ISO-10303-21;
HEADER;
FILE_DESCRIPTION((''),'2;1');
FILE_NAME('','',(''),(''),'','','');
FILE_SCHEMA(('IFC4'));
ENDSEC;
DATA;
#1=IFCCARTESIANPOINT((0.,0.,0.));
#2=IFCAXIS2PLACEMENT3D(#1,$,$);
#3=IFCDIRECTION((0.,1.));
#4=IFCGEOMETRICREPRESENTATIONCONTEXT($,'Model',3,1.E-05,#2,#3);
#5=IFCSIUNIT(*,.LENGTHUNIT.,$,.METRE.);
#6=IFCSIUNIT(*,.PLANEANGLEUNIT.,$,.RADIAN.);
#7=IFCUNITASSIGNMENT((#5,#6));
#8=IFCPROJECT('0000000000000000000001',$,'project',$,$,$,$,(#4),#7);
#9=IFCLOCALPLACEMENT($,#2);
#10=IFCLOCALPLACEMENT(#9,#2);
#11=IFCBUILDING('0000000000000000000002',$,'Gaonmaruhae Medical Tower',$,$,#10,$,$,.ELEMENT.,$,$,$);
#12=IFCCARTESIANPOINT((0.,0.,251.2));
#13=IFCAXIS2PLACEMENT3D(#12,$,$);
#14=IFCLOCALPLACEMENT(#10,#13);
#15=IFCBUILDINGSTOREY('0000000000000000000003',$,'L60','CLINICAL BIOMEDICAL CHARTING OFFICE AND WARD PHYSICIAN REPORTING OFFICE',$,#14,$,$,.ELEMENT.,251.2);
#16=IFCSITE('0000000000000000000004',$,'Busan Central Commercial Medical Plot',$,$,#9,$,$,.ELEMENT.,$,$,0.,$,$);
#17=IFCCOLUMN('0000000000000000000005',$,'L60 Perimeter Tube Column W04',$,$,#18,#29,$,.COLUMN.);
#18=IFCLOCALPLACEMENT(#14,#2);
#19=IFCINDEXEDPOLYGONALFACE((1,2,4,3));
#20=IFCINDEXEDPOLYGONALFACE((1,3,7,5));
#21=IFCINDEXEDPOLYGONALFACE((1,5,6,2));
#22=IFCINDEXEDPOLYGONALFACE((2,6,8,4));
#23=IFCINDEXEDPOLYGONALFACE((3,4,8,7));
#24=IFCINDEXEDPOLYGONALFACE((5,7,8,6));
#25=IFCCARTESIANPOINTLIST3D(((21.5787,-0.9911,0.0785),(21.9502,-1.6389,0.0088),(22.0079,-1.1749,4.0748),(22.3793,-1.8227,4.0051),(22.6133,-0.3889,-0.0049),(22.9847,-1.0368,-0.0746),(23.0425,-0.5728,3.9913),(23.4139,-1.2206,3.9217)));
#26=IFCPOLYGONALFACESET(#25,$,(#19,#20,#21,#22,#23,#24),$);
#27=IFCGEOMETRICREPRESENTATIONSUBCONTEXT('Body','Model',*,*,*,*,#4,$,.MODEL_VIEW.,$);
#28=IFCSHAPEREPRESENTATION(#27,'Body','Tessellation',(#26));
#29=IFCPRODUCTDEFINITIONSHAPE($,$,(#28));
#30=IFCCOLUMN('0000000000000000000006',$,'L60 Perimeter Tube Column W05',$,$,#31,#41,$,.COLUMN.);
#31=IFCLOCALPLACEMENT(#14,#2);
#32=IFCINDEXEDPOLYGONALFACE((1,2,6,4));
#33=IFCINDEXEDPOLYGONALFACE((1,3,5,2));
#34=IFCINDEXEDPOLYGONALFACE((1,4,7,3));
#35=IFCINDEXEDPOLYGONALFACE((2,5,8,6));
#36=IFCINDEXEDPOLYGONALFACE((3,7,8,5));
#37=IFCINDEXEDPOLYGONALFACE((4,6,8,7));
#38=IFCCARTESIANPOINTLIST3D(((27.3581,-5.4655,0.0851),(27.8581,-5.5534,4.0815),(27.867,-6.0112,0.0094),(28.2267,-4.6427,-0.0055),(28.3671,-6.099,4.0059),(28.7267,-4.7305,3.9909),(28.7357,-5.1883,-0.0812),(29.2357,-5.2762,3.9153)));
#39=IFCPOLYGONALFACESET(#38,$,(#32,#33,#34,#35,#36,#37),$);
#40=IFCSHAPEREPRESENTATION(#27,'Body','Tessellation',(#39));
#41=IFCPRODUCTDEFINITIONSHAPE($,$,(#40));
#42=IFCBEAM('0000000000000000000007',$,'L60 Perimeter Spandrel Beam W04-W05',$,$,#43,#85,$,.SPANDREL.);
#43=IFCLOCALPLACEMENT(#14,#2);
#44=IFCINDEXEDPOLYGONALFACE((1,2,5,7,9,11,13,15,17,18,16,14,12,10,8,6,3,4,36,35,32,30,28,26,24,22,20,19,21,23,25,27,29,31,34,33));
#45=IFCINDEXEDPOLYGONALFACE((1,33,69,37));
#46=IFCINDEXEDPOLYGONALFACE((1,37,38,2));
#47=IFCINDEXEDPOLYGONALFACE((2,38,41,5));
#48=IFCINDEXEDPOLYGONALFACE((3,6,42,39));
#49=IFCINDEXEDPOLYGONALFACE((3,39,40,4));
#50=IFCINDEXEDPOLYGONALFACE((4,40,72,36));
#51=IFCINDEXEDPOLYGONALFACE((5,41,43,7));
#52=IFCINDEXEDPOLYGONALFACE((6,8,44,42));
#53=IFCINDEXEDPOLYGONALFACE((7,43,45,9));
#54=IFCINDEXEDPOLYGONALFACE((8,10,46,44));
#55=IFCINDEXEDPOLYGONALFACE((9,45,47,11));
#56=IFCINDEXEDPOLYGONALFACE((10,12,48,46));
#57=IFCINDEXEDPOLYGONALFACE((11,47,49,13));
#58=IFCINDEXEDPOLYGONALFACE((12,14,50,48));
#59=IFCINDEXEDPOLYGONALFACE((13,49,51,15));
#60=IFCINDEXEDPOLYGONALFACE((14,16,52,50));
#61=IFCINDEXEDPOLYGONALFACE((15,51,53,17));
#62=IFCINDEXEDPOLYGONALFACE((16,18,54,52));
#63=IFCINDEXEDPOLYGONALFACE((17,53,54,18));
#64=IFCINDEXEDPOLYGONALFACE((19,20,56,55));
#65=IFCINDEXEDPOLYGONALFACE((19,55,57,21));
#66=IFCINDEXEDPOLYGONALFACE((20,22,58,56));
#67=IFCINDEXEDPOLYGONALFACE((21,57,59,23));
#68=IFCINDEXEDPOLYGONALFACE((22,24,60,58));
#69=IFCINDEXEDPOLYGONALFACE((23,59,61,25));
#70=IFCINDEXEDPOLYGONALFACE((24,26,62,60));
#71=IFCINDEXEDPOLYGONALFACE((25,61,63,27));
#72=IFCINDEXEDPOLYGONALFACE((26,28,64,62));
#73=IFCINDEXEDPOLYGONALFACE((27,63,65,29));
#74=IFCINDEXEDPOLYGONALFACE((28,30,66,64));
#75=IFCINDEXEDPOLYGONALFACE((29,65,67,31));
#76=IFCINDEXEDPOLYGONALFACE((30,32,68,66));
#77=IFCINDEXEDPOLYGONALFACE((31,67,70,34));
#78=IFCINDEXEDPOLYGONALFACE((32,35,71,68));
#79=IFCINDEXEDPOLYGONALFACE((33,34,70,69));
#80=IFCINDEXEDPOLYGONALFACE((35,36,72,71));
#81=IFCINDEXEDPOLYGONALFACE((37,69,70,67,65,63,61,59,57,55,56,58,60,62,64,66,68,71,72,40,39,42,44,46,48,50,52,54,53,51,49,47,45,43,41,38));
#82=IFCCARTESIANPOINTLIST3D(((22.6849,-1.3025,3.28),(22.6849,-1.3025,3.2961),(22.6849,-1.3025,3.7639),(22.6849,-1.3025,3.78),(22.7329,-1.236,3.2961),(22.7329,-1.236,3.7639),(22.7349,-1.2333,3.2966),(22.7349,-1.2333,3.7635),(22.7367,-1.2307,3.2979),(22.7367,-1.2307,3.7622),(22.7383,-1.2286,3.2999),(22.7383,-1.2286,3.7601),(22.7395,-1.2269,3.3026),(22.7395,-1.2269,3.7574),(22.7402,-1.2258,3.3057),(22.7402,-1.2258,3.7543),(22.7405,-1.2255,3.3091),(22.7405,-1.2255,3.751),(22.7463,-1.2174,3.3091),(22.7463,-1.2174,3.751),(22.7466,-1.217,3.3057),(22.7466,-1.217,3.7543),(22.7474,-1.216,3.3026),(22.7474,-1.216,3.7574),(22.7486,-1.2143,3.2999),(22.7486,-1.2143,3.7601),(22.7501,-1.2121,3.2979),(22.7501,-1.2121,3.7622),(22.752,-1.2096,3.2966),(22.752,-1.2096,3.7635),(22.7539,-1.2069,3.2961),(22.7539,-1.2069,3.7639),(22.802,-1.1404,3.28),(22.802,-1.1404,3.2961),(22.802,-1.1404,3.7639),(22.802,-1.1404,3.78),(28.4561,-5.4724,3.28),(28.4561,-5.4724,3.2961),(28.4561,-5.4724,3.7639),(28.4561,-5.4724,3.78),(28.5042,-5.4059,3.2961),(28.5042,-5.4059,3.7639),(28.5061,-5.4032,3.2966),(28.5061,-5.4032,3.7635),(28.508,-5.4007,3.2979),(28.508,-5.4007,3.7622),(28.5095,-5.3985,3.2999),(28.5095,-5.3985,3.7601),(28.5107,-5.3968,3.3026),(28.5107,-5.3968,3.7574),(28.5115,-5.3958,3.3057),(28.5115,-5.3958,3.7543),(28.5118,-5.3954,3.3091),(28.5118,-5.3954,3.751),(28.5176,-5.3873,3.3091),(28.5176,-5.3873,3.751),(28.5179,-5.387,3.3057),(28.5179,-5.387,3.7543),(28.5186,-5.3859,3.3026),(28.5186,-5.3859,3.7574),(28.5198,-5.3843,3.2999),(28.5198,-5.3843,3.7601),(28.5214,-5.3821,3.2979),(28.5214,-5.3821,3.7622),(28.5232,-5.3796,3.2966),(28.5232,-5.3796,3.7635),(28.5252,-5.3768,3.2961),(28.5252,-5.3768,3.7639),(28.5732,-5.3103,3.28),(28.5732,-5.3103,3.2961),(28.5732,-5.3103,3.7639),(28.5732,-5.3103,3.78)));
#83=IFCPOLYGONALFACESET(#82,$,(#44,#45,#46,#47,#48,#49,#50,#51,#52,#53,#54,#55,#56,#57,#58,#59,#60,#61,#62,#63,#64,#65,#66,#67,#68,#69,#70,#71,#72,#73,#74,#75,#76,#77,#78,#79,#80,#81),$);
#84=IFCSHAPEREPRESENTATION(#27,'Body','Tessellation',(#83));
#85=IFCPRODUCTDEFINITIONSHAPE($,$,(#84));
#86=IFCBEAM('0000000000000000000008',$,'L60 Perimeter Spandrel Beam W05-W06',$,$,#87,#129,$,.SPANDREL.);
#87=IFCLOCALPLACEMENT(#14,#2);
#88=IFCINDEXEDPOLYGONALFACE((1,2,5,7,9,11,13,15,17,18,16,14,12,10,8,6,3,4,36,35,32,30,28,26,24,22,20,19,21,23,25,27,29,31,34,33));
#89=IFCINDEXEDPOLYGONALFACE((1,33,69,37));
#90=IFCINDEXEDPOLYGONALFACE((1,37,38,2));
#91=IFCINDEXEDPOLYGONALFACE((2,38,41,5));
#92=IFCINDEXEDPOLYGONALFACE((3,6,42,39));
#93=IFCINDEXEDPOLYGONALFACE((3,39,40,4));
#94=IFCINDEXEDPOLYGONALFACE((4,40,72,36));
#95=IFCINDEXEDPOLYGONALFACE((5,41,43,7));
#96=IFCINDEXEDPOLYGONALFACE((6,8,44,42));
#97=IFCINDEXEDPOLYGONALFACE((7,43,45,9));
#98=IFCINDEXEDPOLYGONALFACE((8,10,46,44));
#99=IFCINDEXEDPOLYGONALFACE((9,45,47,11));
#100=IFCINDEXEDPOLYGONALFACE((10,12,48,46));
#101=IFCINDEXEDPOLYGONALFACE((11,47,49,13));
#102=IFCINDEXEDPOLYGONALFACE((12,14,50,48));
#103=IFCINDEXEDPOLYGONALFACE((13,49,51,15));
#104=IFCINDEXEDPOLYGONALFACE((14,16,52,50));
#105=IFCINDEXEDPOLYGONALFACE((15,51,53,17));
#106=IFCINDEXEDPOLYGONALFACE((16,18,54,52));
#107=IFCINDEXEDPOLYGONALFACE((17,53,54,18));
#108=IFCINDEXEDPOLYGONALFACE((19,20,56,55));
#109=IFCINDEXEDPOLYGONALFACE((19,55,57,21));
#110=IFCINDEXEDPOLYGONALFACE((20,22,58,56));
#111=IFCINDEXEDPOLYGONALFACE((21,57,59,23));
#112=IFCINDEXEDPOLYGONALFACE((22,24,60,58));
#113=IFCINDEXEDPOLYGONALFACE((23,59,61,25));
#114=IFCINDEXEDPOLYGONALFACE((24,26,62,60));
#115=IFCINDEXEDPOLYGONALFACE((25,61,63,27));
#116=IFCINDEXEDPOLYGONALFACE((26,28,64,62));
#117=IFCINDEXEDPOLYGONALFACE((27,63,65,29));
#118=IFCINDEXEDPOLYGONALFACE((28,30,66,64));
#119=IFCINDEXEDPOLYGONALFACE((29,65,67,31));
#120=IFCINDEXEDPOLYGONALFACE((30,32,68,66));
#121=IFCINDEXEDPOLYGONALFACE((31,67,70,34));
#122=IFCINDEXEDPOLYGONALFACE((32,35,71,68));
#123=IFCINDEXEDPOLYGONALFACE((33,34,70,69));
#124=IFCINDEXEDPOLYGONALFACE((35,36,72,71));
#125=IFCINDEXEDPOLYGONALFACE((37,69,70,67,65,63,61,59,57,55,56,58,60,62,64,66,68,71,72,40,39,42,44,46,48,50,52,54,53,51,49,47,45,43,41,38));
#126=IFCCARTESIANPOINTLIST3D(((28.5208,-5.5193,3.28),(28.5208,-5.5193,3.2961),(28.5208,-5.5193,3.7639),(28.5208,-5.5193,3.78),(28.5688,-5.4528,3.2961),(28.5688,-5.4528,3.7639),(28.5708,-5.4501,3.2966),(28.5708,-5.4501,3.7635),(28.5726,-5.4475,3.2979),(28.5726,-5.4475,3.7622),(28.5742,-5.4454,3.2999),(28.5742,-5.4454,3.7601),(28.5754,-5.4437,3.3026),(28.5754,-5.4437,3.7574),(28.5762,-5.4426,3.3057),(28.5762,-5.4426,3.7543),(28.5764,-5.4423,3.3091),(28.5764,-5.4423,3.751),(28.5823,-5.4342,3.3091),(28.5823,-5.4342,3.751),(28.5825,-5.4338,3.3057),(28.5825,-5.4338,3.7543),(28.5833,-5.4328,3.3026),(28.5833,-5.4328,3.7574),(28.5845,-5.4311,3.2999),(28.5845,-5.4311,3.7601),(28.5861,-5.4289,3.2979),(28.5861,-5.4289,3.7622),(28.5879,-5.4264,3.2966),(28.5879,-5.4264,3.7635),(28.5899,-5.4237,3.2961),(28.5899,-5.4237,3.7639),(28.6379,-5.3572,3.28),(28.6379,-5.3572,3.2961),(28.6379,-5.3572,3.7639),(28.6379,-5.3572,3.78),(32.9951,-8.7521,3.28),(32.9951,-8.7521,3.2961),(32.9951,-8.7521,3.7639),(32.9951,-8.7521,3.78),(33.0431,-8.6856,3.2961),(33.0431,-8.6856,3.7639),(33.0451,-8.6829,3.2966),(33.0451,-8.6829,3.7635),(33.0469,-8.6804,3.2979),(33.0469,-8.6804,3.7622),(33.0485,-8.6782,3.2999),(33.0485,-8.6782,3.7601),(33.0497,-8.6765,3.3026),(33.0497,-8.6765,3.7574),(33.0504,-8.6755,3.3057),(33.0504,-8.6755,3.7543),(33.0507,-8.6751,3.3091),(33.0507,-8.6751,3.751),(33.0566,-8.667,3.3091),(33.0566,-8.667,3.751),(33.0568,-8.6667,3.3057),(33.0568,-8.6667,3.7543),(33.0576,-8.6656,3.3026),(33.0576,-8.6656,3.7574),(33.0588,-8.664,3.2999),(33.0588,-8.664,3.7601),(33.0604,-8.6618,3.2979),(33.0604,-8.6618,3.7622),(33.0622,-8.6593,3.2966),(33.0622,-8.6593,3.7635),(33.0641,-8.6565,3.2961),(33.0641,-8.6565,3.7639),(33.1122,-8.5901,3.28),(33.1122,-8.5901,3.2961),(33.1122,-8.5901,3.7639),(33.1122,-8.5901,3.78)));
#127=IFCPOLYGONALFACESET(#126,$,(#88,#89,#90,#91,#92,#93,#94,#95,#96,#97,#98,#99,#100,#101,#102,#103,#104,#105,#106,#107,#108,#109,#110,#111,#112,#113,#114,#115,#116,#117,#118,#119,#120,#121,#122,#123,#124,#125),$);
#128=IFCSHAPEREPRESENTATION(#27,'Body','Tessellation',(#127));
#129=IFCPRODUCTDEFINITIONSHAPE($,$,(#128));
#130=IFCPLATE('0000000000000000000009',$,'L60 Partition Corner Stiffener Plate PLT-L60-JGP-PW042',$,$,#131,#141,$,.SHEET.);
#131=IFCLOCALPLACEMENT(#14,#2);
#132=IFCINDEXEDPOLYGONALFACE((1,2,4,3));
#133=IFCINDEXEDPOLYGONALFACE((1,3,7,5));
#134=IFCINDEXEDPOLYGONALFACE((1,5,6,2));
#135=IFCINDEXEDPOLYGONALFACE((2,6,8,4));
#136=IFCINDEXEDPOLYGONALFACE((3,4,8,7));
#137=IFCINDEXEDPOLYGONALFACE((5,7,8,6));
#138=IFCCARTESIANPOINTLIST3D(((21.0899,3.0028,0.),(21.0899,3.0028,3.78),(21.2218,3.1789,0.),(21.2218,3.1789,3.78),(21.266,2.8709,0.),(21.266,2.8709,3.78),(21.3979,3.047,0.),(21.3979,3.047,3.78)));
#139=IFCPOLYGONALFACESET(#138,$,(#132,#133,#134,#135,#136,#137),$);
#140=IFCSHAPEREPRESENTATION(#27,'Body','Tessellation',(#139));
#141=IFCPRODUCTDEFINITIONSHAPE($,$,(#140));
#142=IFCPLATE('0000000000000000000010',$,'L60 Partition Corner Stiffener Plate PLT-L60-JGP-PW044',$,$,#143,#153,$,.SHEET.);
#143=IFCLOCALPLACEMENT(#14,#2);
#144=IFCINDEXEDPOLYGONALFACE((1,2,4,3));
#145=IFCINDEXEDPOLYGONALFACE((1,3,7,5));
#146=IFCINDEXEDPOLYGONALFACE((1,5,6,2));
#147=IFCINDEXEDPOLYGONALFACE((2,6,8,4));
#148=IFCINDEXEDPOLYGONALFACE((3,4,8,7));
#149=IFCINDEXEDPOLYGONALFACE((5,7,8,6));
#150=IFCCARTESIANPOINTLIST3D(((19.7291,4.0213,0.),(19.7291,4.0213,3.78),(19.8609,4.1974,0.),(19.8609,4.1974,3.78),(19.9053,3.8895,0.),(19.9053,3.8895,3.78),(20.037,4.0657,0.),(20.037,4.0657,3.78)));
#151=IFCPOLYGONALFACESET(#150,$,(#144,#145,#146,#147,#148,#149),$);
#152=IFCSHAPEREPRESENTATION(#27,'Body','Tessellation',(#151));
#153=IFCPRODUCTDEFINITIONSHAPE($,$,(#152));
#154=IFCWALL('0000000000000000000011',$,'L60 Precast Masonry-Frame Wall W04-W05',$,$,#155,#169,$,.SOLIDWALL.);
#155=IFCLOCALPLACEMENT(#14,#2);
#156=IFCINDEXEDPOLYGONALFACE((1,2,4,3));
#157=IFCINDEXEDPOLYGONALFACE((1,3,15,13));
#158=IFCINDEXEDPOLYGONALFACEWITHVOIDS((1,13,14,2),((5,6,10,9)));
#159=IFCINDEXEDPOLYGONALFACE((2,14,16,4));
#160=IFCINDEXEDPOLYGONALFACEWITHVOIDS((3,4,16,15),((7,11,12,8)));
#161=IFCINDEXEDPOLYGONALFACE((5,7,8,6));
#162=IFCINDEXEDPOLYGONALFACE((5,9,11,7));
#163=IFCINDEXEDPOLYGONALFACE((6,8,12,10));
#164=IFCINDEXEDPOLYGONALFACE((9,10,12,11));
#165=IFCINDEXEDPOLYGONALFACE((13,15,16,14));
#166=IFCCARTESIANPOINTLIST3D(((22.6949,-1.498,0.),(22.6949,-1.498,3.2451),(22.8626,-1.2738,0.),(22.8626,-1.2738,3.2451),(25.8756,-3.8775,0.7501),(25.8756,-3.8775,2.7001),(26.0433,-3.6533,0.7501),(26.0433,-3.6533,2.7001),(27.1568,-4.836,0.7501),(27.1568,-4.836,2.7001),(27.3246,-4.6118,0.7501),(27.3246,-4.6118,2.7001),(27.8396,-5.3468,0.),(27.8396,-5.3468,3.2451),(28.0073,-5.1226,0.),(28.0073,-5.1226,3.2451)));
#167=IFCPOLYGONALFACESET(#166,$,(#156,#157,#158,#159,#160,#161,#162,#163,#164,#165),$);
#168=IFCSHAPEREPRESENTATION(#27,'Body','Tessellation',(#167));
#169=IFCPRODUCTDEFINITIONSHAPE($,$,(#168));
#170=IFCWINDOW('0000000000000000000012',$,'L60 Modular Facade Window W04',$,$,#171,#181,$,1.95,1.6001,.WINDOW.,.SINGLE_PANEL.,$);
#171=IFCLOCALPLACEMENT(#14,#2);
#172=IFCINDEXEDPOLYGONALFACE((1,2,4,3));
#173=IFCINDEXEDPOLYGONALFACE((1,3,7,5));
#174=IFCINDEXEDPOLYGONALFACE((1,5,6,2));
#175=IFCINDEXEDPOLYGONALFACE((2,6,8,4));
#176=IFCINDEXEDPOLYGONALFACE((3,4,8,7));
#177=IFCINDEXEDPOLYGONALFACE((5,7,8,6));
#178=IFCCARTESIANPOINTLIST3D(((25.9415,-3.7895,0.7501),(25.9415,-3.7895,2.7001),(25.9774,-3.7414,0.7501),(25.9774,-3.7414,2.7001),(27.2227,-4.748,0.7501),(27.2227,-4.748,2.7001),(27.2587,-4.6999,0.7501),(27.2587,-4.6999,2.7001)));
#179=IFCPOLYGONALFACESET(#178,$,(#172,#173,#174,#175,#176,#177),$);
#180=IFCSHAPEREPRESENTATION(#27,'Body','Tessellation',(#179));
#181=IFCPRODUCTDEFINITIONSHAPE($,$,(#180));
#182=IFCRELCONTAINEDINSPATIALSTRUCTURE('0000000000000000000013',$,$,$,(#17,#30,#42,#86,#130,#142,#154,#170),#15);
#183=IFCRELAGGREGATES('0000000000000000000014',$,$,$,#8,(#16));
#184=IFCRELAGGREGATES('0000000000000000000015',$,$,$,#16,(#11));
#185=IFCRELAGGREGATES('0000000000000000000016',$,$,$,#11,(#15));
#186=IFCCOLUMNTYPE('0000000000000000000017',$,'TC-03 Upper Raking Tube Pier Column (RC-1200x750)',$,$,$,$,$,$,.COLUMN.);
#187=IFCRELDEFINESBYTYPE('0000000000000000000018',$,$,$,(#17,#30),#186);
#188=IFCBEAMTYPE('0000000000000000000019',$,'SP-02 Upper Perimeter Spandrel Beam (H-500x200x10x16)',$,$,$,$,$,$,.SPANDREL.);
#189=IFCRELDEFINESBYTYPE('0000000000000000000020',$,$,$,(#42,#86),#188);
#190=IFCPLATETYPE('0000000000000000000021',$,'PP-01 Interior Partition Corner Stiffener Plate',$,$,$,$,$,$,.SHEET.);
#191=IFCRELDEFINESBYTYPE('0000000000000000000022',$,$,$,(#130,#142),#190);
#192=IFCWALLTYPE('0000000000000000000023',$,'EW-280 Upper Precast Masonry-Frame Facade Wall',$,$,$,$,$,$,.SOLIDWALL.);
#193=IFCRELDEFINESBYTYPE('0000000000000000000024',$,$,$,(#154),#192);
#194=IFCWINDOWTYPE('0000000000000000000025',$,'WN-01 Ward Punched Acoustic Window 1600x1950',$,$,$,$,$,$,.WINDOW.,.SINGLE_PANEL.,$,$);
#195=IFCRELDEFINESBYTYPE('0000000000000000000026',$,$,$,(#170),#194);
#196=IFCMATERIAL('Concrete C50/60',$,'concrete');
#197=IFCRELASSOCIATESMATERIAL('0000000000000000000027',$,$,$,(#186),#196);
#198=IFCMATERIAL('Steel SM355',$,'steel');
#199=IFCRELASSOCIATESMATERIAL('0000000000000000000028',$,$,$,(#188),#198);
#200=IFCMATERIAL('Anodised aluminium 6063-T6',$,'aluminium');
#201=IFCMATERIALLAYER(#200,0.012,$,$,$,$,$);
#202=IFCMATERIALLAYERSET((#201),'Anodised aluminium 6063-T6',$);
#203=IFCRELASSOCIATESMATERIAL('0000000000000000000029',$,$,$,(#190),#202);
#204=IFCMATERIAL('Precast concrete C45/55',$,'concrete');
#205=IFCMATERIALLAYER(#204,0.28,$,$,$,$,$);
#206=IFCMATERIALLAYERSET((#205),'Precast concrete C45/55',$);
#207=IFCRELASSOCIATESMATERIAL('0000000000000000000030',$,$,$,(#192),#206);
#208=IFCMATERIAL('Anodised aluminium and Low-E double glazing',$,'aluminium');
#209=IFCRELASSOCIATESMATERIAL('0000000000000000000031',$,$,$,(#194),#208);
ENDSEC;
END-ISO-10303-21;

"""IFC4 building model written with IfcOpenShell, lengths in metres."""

from ifc_helpers import new_model, si_unit, direction, frame, frame_2d, origin, origin_2d, place, context, subcontext, project, spatial, rectangle, i_section, extrude, material, layer, layer_set, material_profile, profile_set, type_object, element, fill, save


model = new_model("IFC4")

# Units and contexts
model_context = context("Model", 3, precision=1e-05, world=origin(), true_north=direction((0.0, 1.0)))
body_context = subcontext(model_context, "Body", "Model", "MODEL_VIEW")
ifc_project = project(units=[si_unit("LENGTHUNIT", "METRE"), si_unit("PLANEANGLEUNIT", "RADIAN")], contexts=[model_context])

# Site, building, storey
site_placement = place(None, origin())
site = spatial("IfcSite", under=ifc_project, at=site_placement, Name="Busan Central Commercial Medical Plot", CompositionType="ELEMENT", RefElevation=0.0)
building_placement = place(site_placement, origin())
building = spatial("IfcBuilding", under=site, at=building_placement, Name="Gaonmaruhae Medical Tower", CompositionType="ELEMENT")
storey_placement = place(building_placement, frame((0.0, 0.0, 251.2)))
storey = spatial("IfcBuildingStorey", under=building, at=storey_placement, Name="L60", Description="CLINICAL BIOMEDICAL CHARTING OFFICE AND WARD PHYSICIAN REPORTING OFFICE", CompositionType="ELEMENT", Elevation=251.2)

# Columns
ifc_material_1 = material(Name="Concrete C50/60", Category="concrete")
ifc_material_profile_1 = material_profile(ifc_material_1, rectangle(XDim=1.2, YDim=0.75, at=origin_2d()), Name="RC-1200x750")
ifc_profile_set_1 = profile_set([ifc_material_profile_1], Name="Concrete C50/60")
column_type = type_object("IfcColumnType", Name="TC-03 Upper Raking Tube Pier Column (RC-1200x750)", PredefinedType="COLUMN", material=ifc_profile_set_1)
column_1_placement = place(storey_placement, frame((22.2817, -1.0139, 0.002), z_axis=(0.106673, -0.045691, 0.993244), x_axis=(-0.86219, -0.501793, 0.069514)))
element("IfcColumn", 1, at=column_1_placement, inside=storey, type_object=column_type, Name="L60 Perimeter Tube Column W04", PredefinedType="COLUMN", context=body_context, shape_type="SweptSolid", body=[
    extrude(rectangle(XDim=1.2, YDim=0.75, at=origin_2d()), origin(), (0.0, 0.0, 1.0), 4.0234),
])
column_2_placement = place(storey_placement, frame((28.0469, -5.3269, 0.002), z_axis=(0.124117, -0.021817, 0.992028), x_axis=(-0.723903, -0.68576, 0.075489)))
element("IfcColumn", 2, at=column_2_placement, inside=storey, type_object=column_type, Name="L60 Perimeter Tube Column W05", PredefinedType="COLUMN", context=body_context, shape_type="SweptSolid", body=[
    extrude(rectangle(XDim=1.2, YDim=0.75, at=origin_2d()), origin(), (0.0, 0.0, 1.0), 4.0286),
])

# Beams
ifc_material_2 = material(Name="Steel SM355", Category="steel")
ifc_material_profile_2 = material_profile(ifc_material_2, i_section(OverallWidth=0.2, OverallDepth=0.5, WebThickness=0.01, FlangeThickness=0.0161, FilletRadius=0.0129, at=origin_2d()), Name="H-500x200x10x16")
ifc_profile_set_2 = profile_set([ifc_material_profile_2], Name="Steel SM355")
beam_type = type_object("IfcBeamType", Name="SP-02 Upper Perimeter Spandrel Beam (H-500x200x10x16)", PredefinedType="SPANDREL", material=ifc_profile_set_2)
beam_1_placement = place(storey_placement, frame((22.7434, -1.2214, 3.53), z_axis=(0.810559, -0.585657, 0.0), x_axis=(0.585657, 0.810559, 0.0)))
element("IfcBeam", 3, at=beam_1_placement, inside=storey, type_object=beam_type, Name="L60 Perimeter Spandrel Beam W04-W05", PredefinedType="SPANDREL", context=body_context, shape_type="SweptSolid", body=[
    extrude(i_section(OverallWidth=0.2, OverallDepth=0.5, WebThickness=0.01, FlangeThickness=0.0161, FilletRadius=0.0129, at=origin_2d()), origin(), (0.0, 0.0, 1.0), 7.1201),
])
beam_2_placement = place(storey_placement, frame((28.5793, -5.4382, 3.53), z_axis=(0.810557, -0.58566, 0.0), x_axis=(0.58566, 0.810557, 0.0)))
element("IfcBeam", 4, at=beam_2_placement, inside=storey, type_object=beam_type, Name="L60 Perimeter Spandrel Beam W05-W06", PredefinedType="SPANDREL", context=body_context, shape_type="SweptSolid", body=[
    extrude(i_section(OverallWidth=0.2, OverallDepth=0.5, WebThickness=0.01, FlangeThickness=0.0161, FilletRadius=0.0129, at=origin_2d()), origin(), (0.0, 0.0, 1.0), 5.52),
])

# Plates
ifc_material_3 = material(Name="Anodised aluminium 6063-T6", Category="aluminium")
ifc_layer_1 = layer(ifc_material_3, 0.012)
ifc_layer_set_1 = layer_set([ifc_layer_1], Name="Anodised aluminium 6063-T6")
plate_type = type_object("IfcPlateType", Name="PP-01 Interior Partition Corner Stiffener Plate", PredefinedType="SHEET", material=ifc_layer_set_1)
for number, where, z_axis, x_axis, name in (
    (5, (21.2439, 3.0249, 0.0), (0.0, 0.0, 1.0), (0.599387, 0.800459, 0.0), "L60 Partition Corner Stiffener Plate PLT-L60-JGP-PW042"),
    (6, (19.8831, 4.0435, 0.0), (0.0, 0.0, 1.0), (-0.59894, -0.800794, 0.0), "L60 Partition Corner Stiffener Plate PLT-L60-JGP-PW044"),
):
    element("IfcPlate", number, at=place(storey_placement, frame(where, z_axis=z_axis, x_axis=x_axis)), inside=storey, type_object=plate_type, Name=name, PredefinedType="SHEET", context=body_context, shape_type="SweptSolid", body=[
        extrude(rectangle(XDim=0.22, YDim=0.22, at=origin_2d()), origin(), (0.0, 0.0, 1.0), 3.78),
    ])

# Shared definitions
ifc_material_4 = material(Name="Precast concrete C45/55", Category="concrete")

# Wall, opening, window
ifc_layer_2 = layer(ifc_material_4, 0.28)
ifc_layer_set_2 = layer_set([ifc_layer_2], Name="Precast concrete C45/55")
wall_type_1 = type_object("IfcWallType", Name="EW-280 Upper Precast Masonry-Frame Facade Wall", PredefinedType="SOLIDWALL", material=ifc_layer_set_2)
wall_1_placement = place(storey_placement, frame((27.9233, -5.2346, 0.0), z_axis=(0.0, 0.0, 1.0), x_axis=(-0.800724, 0.599033, 0.0)))
wall_1 = element("IfcWall", 7, at=wall_1_placement, inside=storey, type_object=wall_type_1, Name="L60 Precast Masonry-Frame Wall W04-W05", PredefinedType="SOLIDWALL", context=body_context, shape_type="SweptSolid", body=[
    extrude(rectangle(XDim=6.425, YDim=0.28, at=frame_2d((3.2124, 0.0))), origin(), (0.0, 0.0, 1.0), 3.2451),
])
opening_1_placement = place(wall_1_placement, frame((0.8525, 0.0, 0.75)))
opening_1 = element("IfcOpeningElement", 8, at=opening_1_placement, cuts=wall_1, PredefinedType="OPENING", context=body_context, shape_type="SweptSolid", body=[
    extrude(rectangle(XDim=1.6001, YDim=1.95, at=frame_2d((0.8, 0.9751))), frame((0.0, 0.1499, 0.0), z_axis=(0.0, -1.0, 0.0), x_axis=(1.0, 0.0, 0.0)), (0.0, 0.0, 1.0), 0.3),
])
ifc_material_5 = material(Name="Anodised aluminium and Low-E double glazing", Category="aluminium")
window_type = type_object("IfcWindowType", Name="WN-01 Ward Punched Acoustic Window 1600x1950", PartitioningType="SINGLE_PANEL", PredefinedType="WINDOW", material=ifc_material_5)
window_placement = place(opening_1_placement, origin())
window = element("IfcWindow", 9, at=window_placement, inside=storey, type_object=window_type, Name="L60 Modular Facade Window W04", OverallHeight=1.95, OverallWidth=1.6001, PartitioningType="SINGLE_PANEL", PredefinedType="WINDOW", context=body_context, shape_type="SweptSolid", body=[
    extrude(rectangle(XDim=1.6001, YDim=1.95, at=frame_2d((0.8, 0.9751))), frame((0.0, 0.03, 0.0), z_axis=(0.0, -1.0, 0.0), x_axis=(1.0, 0.0, 0.0)), (0.0, 0.0, 1.0), 0.0601),
])
fill(opening_1, window)

save(model, "model.ifc")
